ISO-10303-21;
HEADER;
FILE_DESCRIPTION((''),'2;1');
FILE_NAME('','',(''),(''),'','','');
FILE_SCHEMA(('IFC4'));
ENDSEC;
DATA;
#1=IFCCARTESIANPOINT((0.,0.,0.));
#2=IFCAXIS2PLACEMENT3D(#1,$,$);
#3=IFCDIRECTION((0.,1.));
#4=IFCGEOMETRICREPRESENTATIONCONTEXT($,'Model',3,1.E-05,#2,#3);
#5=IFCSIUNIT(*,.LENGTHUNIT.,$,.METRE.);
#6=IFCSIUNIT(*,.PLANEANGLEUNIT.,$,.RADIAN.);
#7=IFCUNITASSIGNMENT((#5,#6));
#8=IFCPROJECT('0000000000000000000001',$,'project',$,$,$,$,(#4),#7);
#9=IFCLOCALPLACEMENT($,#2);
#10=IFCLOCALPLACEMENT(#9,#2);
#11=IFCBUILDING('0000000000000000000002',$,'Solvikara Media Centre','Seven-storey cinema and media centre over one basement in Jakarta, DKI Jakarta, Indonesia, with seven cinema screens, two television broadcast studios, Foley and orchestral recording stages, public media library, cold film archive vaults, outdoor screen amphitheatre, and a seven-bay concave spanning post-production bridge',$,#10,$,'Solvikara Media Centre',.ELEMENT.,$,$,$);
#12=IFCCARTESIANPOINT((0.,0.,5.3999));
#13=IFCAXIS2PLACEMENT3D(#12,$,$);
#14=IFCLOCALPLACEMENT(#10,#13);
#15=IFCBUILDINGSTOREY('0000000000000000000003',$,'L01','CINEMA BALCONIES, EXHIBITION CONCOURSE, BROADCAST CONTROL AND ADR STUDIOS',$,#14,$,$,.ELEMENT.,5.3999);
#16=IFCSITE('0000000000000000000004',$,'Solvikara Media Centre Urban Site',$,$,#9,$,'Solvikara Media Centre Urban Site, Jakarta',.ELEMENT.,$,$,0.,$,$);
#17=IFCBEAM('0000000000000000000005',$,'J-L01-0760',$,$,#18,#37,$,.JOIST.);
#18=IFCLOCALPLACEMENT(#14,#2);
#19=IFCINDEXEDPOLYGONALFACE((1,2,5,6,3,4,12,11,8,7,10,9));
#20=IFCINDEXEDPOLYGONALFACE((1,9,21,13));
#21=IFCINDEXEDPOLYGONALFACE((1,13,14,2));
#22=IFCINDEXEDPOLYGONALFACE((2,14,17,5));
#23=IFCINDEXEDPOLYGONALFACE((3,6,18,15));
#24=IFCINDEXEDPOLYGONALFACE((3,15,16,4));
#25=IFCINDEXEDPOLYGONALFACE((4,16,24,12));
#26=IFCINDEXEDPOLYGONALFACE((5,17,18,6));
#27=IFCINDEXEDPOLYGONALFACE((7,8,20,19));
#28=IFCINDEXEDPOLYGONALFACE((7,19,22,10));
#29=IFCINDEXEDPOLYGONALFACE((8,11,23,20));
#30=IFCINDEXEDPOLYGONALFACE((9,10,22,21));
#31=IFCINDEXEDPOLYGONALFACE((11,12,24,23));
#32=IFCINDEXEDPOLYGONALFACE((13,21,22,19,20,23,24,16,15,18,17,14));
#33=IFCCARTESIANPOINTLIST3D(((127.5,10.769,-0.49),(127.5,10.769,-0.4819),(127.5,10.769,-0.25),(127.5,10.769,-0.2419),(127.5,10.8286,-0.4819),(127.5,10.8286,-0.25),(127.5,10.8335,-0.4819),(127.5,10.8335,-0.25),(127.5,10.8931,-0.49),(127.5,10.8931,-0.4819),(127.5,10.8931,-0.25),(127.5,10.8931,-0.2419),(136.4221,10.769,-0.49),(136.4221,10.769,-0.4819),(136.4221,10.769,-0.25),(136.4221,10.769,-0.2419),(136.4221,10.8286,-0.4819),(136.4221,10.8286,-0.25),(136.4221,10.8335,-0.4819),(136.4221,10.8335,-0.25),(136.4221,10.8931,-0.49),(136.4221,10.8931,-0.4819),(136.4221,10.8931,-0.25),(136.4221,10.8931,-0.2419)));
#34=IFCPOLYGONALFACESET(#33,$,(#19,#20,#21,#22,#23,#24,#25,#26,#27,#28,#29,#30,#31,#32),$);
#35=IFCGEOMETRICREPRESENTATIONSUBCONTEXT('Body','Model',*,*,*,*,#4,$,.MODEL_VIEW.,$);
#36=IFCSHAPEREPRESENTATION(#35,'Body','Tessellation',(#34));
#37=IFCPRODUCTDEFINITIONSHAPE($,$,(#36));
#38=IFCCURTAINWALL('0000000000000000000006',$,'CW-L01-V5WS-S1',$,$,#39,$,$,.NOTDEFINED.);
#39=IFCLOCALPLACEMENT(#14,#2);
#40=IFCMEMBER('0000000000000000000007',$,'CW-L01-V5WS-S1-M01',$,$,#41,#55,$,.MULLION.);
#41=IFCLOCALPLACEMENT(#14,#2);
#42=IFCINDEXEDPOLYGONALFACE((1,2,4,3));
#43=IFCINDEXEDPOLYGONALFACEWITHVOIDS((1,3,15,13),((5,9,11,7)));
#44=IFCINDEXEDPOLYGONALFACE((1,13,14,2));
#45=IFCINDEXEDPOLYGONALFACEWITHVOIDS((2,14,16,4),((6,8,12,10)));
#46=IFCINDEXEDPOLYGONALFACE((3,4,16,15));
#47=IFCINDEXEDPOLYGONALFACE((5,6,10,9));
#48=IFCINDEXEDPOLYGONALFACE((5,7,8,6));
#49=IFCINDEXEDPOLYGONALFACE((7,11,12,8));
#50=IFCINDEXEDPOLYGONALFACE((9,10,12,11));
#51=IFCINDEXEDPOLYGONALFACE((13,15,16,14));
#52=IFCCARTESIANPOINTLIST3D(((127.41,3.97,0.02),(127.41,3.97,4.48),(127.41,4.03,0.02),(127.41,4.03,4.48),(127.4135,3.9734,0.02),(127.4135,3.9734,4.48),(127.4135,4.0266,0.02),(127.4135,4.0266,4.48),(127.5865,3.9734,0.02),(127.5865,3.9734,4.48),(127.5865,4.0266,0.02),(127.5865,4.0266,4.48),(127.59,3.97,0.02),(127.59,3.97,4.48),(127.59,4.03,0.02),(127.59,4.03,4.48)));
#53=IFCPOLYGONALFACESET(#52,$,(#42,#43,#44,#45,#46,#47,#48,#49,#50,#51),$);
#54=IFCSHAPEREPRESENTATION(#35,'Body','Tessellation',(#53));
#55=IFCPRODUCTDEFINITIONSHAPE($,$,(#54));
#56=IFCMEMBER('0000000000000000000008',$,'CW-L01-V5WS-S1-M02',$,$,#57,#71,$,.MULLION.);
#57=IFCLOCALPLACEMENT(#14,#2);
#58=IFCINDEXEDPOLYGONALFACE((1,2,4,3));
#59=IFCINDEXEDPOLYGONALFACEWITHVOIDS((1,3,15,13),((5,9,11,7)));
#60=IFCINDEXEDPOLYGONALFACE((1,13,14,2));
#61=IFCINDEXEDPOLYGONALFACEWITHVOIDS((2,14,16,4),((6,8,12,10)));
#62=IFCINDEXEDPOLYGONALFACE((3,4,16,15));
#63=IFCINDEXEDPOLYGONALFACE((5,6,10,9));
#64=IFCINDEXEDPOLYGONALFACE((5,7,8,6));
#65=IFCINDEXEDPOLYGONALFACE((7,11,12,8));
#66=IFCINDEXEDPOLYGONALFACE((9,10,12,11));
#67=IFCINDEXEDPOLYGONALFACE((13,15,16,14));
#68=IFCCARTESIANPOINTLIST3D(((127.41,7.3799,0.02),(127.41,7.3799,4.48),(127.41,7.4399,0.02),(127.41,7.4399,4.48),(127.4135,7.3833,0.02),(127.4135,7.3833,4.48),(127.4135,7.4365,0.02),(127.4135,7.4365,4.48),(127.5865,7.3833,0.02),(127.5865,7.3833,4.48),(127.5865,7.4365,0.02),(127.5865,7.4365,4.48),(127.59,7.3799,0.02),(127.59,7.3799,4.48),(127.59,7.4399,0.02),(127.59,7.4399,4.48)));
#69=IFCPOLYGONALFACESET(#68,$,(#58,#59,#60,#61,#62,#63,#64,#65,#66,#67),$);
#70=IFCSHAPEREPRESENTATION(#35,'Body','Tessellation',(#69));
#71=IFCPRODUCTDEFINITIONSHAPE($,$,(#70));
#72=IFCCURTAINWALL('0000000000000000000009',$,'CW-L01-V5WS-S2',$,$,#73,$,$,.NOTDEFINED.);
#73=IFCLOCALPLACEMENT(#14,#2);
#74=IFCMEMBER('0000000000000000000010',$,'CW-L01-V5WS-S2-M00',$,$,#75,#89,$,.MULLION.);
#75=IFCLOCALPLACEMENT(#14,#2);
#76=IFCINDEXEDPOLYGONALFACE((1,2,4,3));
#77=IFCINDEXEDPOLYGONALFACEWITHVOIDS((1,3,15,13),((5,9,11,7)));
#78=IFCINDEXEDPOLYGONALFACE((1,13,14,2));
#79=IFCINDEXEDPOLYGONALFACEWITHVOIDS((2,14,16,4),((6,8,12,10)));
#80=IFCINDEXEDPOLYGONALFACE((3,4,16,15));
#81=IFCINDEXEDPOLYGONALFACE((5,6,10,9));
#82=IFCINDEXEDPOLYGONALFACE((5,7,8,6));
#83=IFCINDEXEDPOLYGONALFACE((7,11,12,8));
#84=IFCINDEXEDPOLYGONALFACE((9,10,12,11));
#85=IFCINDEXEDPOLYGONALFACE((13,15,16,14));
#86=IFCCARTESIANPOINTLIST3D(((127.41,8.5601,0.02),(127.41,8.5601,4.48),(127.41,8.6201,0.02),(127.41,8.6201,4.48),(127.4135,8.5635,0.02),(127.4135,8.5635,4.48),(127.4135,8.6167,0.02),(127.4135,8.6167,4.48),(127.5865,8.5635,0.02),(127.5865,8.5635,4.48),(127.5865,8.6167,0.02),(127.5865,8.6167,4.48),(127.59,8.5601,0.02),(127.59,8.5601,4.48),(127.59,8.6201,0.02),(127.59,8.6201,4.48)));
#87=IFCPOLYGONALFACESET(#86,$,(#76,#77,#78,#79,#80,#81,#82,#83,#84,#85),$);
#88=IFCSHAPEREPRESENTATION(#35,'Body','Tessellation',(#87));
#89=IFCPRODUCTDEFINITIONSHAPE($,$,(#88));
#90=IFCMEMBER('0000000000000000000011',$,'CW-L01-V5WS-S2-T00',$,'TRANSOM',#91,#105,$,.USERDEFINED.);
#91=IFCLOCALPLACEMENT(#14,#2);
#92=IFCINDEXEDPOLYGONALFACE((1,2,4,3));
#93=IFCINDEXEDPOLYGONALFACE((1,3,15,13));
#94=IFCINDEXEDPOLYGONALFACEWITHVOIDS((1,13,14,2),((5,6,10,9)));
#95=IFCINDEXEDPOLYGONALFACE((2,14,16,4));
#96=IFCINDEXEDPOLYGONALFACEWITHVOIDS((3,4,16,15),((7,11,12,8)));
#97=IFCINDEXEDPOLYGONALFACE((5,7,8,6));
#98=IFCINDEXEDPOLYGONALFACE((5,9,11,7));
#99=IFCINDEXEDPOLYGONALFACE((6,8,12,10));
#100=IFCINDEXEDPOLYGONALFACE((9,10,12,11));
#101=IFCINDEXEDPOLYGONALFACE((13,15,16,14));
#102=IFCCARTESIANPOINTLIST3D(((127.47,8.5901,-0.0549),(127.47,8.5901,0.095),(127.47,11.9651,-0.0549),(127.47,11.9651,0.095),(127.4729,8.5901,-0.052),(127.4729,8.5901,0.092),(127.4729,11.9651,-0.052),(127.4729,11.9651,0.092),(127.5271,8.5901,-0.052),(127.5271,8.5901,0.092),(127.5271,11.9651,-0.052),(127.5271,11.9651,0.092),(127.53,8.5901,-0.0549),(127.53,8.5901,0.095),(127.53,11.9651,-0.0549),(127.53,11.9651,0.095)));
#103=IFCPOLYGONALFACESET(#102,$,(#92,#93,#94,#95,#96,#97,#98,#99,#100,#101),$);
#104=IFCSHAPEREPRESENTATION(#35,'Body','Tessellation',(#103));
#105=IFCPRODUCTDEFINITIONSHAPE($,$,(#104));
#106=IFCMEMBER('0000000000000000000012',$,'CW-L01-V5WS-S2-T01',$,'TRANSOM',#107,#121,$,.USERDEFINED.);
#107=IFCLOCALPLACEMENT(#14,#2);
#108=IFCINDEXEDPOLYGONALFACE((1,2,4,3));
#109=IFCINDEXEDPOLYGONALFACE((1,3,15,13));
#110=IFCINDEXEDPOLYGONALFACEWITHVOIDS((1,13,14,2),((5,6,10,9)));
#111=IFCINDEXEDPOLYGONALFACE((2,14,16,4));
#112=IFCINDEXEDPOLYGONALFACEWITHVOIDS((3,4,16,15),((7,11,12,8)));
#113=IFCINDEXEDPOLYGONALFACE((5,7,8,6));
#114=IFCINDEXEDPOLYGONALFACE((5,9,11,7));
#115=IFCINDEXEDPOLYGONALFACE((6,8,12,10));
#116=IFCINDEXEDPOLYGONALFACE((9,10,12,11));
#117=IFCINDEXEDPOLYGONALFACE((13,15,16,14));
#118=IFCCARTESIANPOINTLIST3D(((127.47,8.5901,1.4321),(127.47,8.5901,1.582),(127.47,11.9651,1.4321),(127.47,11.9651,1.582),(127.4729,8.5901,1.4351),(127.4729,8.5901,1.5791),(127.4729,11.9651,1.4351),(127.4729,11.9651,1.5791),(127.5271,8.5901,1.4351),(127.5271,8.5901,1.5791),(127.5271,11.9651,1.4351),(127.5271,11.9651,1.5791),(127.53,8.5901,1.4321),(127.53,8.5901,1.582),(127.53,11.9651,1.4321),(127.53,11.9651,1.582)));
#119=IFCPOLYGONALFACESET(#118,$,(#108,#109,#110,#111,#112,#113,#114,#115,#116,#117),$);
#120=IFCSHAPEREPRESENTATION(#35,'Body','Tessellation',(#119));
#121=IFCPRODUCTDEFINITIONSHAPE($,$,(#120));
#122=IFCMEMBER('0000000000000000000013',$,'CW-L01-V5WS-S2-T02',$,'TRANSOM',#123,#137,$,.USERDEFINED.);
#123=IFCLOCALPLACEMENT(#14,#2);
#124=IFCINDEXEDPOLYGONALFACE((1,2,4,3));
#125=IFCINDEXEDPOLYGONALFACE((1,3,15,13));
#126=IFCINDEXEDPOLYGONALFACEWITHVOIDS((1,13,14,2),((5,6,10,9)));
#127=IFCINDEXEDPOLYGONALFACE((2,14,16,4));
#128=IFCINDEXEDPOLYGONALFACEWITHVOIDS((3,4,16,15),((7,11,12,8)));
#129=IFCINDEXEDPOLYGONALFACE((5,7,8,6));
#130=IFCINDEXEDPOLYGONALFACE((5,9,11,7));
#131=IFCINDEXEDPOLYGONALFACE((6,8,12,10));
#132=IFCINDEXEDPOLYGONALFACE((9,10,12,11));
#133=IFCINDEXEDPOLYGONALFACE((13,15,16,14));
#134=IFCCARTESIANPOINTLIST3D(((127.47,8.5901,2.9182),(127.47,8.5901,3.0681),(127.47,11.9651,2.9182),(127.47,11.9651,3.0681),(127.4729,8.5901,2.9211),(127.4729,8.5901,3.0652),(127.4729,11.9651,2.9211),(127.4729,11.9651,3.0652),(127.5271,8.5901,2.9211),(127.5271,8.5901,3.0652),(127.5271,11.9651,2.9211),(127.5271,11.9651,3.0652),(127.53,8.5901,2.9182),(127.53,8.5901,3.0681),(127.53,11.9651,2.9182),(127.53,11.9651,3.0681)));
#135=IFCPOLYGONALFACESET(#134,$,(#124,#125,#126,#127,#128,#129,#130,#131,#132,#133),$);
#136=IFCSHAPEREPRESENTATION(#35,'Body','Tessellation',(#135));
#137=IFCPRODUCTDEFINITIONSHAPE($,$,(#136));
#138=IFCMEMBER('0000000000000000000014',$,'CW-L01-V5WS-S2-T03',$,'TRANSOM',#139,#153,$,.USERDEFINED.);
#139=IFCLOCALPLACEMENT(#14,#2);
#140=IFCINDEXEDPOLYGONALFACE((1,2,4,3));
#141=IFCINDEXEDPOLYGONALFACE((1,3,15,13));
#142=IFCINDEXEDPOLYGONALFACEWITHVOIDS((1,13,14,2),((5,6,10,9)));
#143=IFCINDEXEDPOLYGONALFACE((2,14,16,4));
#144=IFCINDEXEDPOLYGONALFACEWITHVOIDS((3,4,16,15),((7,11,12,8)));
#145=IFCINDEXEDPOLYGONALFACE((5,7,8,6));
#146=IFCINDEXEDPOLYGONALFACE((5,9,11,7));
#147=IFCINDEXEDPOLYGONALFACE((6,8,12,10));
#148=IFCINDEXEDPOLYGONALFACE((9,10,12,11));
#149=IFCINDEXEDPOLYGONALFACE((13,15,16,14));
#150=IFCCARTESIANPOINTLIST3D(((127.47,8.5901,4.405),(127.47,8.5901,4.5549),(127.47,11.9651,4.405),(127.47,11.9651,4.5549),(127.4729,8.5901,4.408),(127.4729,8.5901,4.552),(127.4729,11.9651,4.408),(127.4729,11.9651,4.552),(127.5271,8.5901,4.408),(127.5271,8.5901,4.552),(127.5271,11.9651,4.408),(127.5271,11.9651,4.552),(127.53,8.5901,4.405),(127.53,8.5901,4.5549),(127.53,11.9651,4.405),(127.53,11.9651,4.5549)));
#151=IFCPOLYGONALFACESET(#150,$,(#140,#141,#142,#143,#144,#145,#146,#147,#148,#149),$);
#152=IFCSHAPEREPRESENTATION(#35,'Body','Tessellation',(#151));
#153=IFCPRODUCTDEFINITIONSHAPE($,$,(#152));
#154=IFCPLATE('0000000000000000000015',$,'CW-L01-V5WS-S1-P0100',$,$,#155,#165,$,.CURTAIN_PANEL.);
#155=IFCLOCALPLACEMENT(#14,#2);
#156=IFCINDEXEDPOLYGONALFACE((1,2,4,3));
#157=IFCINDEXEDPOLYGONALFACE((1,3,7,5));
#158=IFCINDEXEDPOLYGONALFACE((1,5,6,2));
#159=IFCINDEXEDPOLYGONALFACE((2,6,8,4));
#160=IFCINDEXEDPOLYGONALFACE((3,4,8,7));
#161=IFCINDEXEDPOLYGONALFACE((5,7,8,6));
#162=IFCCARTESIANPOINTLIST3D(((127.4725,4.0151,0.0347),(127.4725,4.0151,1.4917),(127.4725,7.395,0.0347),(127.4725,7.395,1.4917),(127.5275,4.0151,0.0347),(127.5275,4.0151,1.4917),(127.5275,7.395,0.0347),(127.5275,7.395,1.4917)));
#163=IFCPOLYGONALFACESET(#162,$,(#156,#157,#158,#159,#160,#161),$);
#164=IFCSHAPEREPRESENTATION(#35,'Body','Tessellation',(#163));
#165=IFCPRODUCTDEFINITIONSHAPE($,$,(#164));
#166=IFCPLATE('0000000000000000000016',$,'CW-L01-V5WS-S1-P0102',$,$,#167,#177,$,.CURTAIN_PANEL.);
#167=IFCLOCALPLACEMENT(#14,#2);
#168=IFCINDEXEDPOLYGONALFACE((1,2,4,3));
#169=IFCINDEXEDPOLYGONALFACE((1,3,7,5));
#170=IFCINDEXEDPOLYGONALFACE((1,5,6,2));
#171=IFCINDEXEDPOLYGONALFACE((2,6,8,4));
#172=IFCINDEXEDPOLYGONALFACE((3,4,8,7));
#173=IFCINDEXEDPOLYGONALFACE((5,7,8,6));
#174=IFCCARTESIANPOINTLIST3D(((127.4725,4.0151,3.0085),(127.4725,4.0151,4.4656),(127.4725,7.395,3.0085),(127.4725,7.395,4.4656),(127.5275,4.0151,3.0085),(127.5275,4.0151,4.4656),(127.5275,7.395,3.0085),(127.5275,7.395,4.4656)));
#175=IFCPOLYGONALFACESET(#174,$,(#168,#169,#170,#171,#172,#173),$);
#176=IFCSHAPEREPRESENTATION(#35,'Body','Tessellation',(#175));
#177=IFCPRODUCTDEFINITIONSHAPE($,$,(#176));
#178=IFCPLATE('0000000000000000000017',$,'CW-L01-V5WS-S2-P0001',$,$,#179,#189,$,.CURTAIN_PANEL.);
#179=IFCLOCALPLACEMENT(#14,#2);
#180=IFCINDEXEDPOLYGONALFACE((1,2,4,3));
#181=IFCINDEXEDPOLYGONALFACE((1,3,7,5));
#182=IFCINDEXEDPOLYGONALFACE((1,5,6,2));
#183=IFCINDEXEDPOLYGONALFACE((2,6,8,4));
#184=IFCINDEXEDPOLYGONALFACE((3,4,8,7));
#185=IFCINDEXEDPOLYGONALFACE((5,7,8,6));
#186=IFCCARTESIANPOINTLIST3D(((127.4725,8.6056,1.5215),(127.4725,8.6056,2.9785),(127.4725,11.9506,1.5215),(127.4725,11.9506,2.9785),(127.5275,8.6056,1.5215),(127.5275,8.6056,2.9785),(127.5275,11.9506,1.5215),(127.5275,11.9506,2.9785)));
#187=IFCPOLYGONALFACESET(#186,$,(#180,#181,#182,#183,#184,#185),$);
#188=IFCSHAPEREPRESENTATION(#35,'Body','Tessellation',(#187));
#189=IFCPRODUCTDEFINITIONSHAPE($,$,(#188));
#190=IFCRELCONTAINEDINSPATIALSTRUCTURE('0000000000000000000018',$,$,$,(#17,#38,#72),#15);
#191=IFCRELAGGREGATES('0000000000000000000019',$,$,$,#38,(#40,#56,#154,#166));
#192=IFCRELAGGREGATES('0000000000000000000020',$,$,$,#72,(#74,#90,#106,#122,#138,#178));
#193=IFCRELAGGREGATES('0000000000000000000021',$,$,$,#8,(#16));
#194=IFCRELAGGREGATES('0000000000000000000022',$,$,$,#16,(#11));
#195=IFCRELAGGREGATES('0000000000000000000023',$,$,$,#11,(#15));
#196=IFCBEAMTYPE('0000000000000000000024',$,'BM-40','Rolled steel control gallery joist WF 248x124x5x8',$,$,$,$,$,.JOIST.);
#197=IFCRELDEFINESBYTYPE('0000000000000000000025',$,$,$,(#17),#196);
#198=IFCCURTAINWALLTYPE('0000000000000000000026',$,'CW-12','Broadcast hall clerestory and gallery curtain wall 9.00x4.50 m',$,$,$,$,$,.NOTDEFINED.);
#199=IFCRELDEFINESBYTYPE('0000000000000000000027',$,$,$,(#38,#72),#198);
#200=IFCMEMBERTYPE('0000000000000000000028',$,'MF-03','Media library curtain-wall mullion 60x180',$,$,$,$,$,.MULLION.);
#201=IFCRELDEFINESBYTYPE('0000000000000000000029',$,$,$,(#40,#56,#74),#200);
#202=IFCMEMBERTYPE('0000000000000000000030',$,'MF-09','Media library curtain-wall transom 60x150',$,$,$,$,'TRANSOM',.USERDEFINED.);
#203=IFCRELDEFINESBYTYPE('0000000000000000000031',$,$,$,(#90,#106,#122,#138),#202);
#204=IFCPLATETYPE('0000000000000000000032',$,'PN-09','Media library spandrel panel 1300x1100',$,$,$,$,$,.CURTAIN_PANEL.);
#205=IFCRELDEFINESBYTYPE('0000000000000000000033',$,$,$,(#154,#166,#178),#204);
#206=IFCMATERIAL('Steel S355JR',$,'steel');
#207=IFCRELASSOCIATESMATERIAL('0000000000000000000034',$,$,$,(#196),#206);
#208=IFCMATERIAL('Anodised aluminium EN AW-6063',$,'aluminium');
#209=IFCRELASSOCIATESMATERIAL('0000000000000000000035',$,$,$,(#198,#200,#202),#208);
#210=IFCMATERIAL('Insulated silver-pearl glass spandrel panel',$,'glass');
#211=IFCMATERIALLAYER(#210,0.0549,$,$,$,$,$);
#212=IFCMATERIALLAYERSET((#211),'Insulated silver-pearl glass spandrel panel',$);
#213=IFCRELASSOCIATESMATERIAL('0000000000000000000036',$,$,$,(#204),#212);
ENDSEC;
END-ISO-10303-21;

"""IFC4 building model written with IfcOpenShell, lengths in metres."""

from ifc_helpers import new_model, si_unit, direction, frame, origin, origin_2d, place, context, subcontext, project, spatial, rectangle, hollow_rectangle, i_section, extrude, material, layer, layer_set, material_profile, profile_set, type_object, element, aggregate, save


model = new_model("IFC4")

# Units and contexts
model_context = context("Model", 3, precision=1e-05, world=origin(), true_north=direction((0.0, 1.0)))
body_context = subcontext(model_context, "Body", "Model", "MODEL_VIEW")
ifc_project = project(units=[si_unit("LENGTHUNIT", "METRE"), si_unit("PLANEANGLEUNIT", "RADIAN")], contexts=[model_context])

# Site, building, storey
site_placement = place(None, origin())
site = spatial("IfcSite", under=ifc_project, at=site_placement, Name="Solvikara Media Centre Urban Site", LongName="Solvikara Media Centre Urban Site, Jakarta", CompositionType="ELEMENT", RefElevation=0.0)
building_placement = place(site_placement, origin())
building = spatial("IfcBuilding", under=site, at=building_placement, Name="Solvikara Media Centre", Description="Seven-storey cinema and media centre over one basement in Jakarta, DKI Jakarta, Indonesia, with seven cinema screens, two television broadcast studios, Foley and orchestral recording stages, public media library, cold film archive vaults, outdoor screen amphitheatre, and a seven-bay concave spanning post-production bridge", LongName="Solvikara Media Centre", CompositionType="ELEMENT")
storey_placement = place(building_placement, frame((0.0, 0.0, 5.3999)))
storey = spatial("IfcBuildingStorey", under=building, at=storey_placement, Name="L01", Description="CINEMA BALCONIES, EXHIBITION CONCOURSE, BROADCAST CONTROL AND ADR STUDIOS", CompositionType="ELEMENT", Elevation=5.3999)

# Shared definitions
ifc_material_1 = material(Name="Steel S355JR", Category="steel")

# Beam
ifc_material_profile_1 = material_profile(ifc_material_1, i_section(OverallWidth=0.124, OverallDepth=0.248, WebThickness=0.0049, FlangeThickness=0.0081, at=origin_2d()), Name="WF 248x124x5x8")
ifc_profile_set_1 = profile_set([ifc_material_profile_1], Name="Steel S355JR")
beam_type_1 = type_object("IfcBeamType", Name="BM-40", Description="Rolled steel control gallery joist WF 248x124x5x8", PredefinedType="JOIST", material=ifc_profile_set_1)
beam_1_placement = place(storey_placement, frame((127.5, 10.8311, -0.366), z_axis=(1.0, 0.0, 0.0), x_axis=(0.0, 1.0, 0.0)))
element("IfcBeam", 1, at=beam_1_placement, inside=storey, type_object=beam_type_1, Name="J-L01-0760", PredefinedType="JOIST", context=body_context, shape_type="SweptSolid", body=[
    extrude(i_section(OverallWidth=0.124, OverallDepth=0.248, WebThickness=0.0049, FlangeThickness=0.0081, at=origin_2d()), origin(), (0.0, 0.0, 1.0), 8.9221),
])

# Curtain walls, members
ifc_material_2 = material(Name="Anodised aluminium EN AW-6063", Category="aluminium")
curtain_wall_type = type_object("IfcCurtainWallType", Name="CW-12", Description="Broadcast hall clerestory and gallery curtain wall 9.00x4.50 m", PredefinedType="NOTDEFINED", material=ifc_material_2)
curtain_wall_1_placement = place(storey_placement, origin())
curtain_wall_1 = element("IfcCurtainWall", 2, at=curtain_wall_1_placement, inside=storey, type_object=curtain_wall_type, Name="CW-L01-V5WS-S1", PredefinedType="NOTDEFINED")
ifc_material_profile_2 = material_profile(ifc_material_2, hollow_rectangle(XDim=0.0601, YDim=0.1799, WallThickness=0.0034, at=origin_2d()), Name="ALU-M 60x180x3.5")
ifc_profile_set_2 = profile_set([ifc_material_profile_2], Name="Anodised aluminium EN AW-6063")
member_type_1 = type_object("IfcMemberType", Name="MF-03", Description="Media library curtain-wall mullion 60x180", PredefinedType="MULLION", material=ifc_profile_set_2)
member_1_placement = place(storey_placement, frame((127.5, 4.0, 0.02), z_axis=(0.0, 0.0, 1.0), x_axis=(0.0, 1.0, 0.0)))
member_1 = element("IfcMember", 3, at=member_1_placement, type_object=member_type_1, Name="CW-L01-V5WS-S1-M01", PredefinedType="MULLION", context=body_context, shape_type="SweptSolid", body=[
    extrude(hollow_rectangle(XDim=0.0601, YDim=0.1799, WallThickness=0.0034, at=origin_2d()), origin(), (0.0, 0.0, 1.0), 4.46),
])
member_2_placement = place(storey_placement, frame((127.5, 7.4099, 0.02), z_axis=(0.0, 0.0, 1.0), x_axis=(0.0, 1.0, 0.0)))
member_2 = element("IfcMember", 4, at=member_2_placement, type_object=member_type_1, Name="CW-L01-V5WS-S1-M02", PredefinedType="MULLION", context=body_context, shape_type="SweptSolid", body=[
    extrude(hollow_rectangle(XDim=0.0601, YDim=0.1799, WallThickness=0.0034, at=origin_2d()), origin(), (0.0, 0.0, 1.0), 4.46),
])
curtain_wall_2_placement = place(storey_placement, origin())
curtain_wall_2 = element("IfcCurtainWall", 5, at=curtain_wall_2_placement, inside=storey, type_object=curtain_wall_type, Name="CW-L01-V5WS-S2", PredefinedType="NOTDEFINED")
member_3_placement = place(storey_placement, frame((127.5, 8.5901, 0.02), z_axis=(0.0, 0.0, 1.0), x_axis=(0.0, 1.0, 0.0)))
member_3 = element("IfcMember", 6, at=member_3_placement, type_object=member_type_1, Name="CW-L01-V5WS-S2-M00", PredefinedType="MULLION", context=body_context, shape_type="SweptSolid", body=[
    extrude(hollow_rectangle(XDim=0.0601, YDim=0.1799, WallThickness=0.0034, at=origin_2d()), origin(), (0.0, 0.0, 1.0), 4.46),
])
ifc_material_profile_3 = material_profile(ifc_material_2, hollow_rectangle(XDim=0.0601, YDim=0.1499, WallThickness=0.0029, at=origin_2d()), Name="ALU-T 60x150x3")
ifc_profile_set_3 = profile_set([ifc_material_profile_3], Name="Anodised aluminium EN AW-6063")
member_type_2 = type_object("IfcMemberType", Name="MF-09", Description="Media library curtain-wall transom 60x150", ElementType="TRANSOM", PredefinedType="USERDEFINED", material=ifc_profile_set_3)
member_4_placement = place(storey_placement, frame((127.5, 8.5901, 0.02), z_axis=(0.0, 1.0, 0.0), x_axis=(-1.0, 0.0, 0.0)))
member_4 = element("IfcMember", 7, at=member_4_placement, type_object=member_type_2, Name="CW-L01-V5WS-S2-T00", ObjectType="TRANSOM", PredefinedType="USERDEFINED", context=body_context, shape_type="SweptSolid", body=[
    extrude(hollow_rectangle(XDim=0.0601, YDim=0.1499, WallThickness=0.0029, at=origin_2d()), origin(), (0.0, 0.0, 1.0), 3.375),
])
member_5_placement = place(storey_placement, frame((127.5, 8.5901, 1.5071), z_axis=(0.0, 1.0, 0.0), x_axis=(-1.0, 0.0, 0.0)))
member_5 = element("IfcMember", 8, at=member_5_placement, type_object=member_type_2, Name="CW-L01-V5WS-S2-T01", ObjectType="TRANSOM", PredefinedType="USERDEFINED", context=body_context, shape_type="SweptSolid", body=[
    extrude(hollow_rectangle(XDim=0.0601, YDim=0.1499, WallThickness=0.0029, at=origin_2d()), origin(), (0.0, 0.0, 1.0), 3.375),
])
member_6_placement = place(storey_placement, frame((127.5, 8.5901, 2.9932), z_axis=(0.0, 1.0, 0.0), x_axis=(-1.0, 0.0, 0.0)))
member_6 = element("IfcMember", 9, at=member_6_placement, type_object=member_type_2, Name="CW-L01-V5WS-S2-T02", ObjectType="TRANSOM", PredefinedType="USERDEFINED", context=body_context, shape_type="SweptSolid", body=[
    extrude(hollow_rectangle(XDim=0.0601, YDim=0.1499, WallThickness=0.0029, at=origin_2d()), origin(), (0.0, 0.0, 1.0), 3.375),
])
member_7_placement = place(storey_placement, frame((127.5, 8.5901, 4.48), z_axis=(0.0, 1.0, 0.0), x_axis=(-1.0, 0.0, 0.0)))
member_7 = element("IfcMember", 10, at=member_7_placement, type_object=member_type_2, Name="CW-L01-V5WS-S2-T03", ObjectType="TRANSOM", PredefinedType="USERDEFINED", context=body_context, shape_type="SweptSolid", body=[
    extrude(hollow_rectangle(XDim=0.0601, YDim=0.1499, WallThickness=0.0029, at=origin_2d()), origin(), (0.0, 0.0, 1.0), 3.375),
])

# Plates
ifc_material_3 = material(Name="Insulated silver-pearl glass spandrel panel", Category="glass")
ifc_layer_1 = layer(ifc_material_3, 0.0549)
ifc_layer_set_1 = layer_set([ifc_layer_1], Name="Insulated silver-pearl glass spandrel panel")
plate_type_1 = type_object("IfcPlateType", Name="PN-09", Description="Media library spandrel panel 1300x1100", PredefinedType="CURTAIN_PANEL", material=ifc_layer_set_1)
plate_1_placement = place(storey_placement, frame((127.5, 5.7051, 0.0347), z_axis=(0.0, 0.0, 1.0), x_axis=(0.0, 1.0, 0.0)))
plate_1 = element("IfcPlate", 11, at=plate_1_placement, type_object=plate_type_1, Name="CW-L01-V5WS-S1-P0100", PredefinedType="CURTAIN_PANEL", context=body_context, shape_type="SweptSolid", body=[
    extrude(rectangle(XDim=3.3799, YDim=0.0549, at=origin_2d()), origin(), (0.0, 0.0, 1.0), 1.457),
])
plate_2_placement = place(storey_placement, frame((127.5, 5.7051, 3.0085), z_axis=(0.0, 0.0, 1.0), x_axis=(0.0, 1.0, 0.0)))
plate_2 = element("IfcPlate", 12, at=plate_2_placement, type_object=plate_type_1, Name="CW-L01-V5WS-S1-P0102", PredefinedType="CURTAIN_PANEL", context=body_context, shape_type="SweptSolid", body=[
    extrude(rectangle(XDim=3.3799, YDim=0.0549, at=origin_2d()), origin(), (0.0, 0.0, 1.0), 1.457),
])
plate_3_placement = place(storey_placement, frame((127.5, 10.2781, 1.5215), z_axis=(0.0, 0.0, 1.0), x_axis=(0.0, 1.0, 0.0)))
plate_3 = element("IfcPlate", 13, at=plate_3_placement, type_object=plate_type_1, Name="CW-L01-V5WS-S2-P0001", PredefinedType="CURTAIN_PANEL", context=body_context, shape_type="SweptSolid", body=[
    extrude(rectangle(XDim=3.345, YDim=0.0549, at=origin_2d()), origin(), (0.0, 0.0, 1.0), 1.457),
])
aggregate(curtain_wall_1, [member_1, member_2, plate_1, plate_2])
aggregate(curtain_wall_2, [member_3, member_4, member_5, member_6, member_7, plate_3])

save(model, "model.ifc")
